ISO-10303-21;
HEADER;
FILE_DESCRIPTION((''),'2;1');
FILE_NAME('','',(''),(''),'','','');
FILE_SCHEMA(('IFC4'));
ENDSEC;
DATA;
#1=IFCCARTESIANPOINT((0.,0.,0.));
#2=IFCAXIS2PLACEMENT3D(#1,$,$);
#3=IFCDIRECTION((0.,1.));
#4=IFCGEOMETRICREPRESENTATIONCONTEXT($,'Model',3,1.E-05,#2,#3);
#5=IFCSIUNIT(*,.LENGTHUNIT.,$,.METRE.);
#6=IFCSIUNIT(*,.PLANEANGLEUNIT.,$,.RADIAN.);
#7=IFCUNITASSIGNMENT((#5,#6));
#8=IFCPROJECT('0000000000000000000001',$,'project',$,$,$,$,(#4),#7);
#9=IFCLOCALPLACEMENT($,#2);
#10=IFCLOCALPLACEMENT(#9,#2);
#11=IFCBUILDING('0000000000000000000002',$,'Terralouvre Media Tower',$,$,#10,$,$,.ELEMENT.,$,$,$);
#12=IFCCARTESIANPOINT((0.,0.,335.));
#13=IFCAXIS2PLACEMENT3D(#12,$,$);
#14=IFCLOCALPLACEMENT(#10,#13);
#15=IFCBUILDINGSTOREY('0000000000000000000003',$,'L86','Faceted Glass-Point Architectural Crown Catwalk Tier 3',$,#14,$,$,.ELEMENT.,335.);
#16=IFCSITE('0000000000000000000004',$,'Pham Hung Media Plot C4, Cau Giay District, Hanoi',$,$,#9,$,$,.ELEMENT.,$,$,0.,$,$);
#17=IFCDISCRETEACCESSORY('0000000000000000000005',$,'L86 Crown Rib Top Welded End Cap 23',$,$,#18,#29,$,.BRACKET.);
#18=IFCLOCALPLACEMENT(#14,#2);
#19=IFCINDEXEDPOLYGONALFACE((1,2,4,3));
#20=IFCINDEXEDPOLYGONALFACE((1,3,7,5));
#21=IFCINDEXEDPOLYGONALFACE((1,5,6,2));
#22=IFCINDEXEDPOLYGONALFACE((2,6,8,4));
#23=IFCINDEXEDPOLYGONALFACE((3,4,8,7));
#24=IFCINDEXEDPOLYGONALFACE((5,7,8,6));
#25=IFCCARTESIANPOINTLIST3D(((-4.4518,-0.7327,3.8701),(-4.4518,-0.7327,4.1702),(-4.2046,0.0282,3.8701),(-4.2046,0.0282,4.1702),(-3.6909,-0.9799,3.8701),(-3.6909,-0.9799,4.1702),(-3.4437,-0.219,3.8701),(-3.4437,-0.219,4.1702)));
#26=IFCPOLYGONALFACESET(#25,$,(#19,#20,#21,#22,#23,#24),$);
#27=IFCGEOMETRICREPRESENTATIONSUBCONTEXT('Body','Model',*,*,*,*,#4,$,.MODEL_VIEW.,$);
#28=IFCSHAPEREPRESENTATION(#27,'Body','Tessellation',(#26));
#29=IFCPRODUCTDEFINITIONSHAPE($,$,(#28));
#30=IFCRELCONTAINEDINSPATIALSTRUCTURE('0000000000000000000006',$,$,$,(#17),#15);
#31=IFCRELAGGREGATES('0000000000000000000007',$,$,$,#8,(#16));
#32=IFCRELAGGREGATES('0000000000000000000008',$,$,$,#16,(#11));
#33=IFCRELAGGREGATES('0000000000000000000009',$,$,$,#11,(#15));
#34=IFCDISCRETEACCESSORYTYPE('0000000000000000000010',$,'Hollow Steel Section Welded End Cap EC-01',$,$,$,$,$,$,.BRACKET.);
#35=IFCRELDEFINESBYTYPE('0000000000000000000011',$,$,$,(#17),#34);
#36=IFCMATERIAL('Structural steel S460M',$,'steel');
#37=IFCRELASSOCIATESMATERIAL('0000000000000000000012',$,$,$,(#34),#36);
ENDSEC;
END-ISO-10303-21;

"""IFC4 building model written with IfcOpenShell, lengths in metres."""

from ifc_helpers import new_model, si_unit, direction, frame, origin, origin_2d, place, context, subcontext, project, spatial, rectangle, extrude, material, type_object, element, save


model = new_model("IFC4")

# Units and contexts
model_context = context("Model", 3, precision=1e-05, world=origin(), true_north=direction((0.0, 1.0)))
body_context = subcontext(model_context, "Body", "Model", "MODEL_VIEW")
ifc_project = project(units=[si_unit("LENGTHUNIT", "METRE"), si_unit("PLANEANGLEUNIT", "RADIAN")], contexts=[model_context])

# Site, building, storey
site_placement = place(None, origin())
site = spatial("IfcSite", under=ifc_project, at=site_placement, Name="Pham Hung Media Plot C4, Cau Giay District, Hanoi", CompositionType="ELEMENT", RefElevation=0.0)
building_placement = place(site_placement, origin())
building = spatial("IfcBuilding", under=site, at=building_placement, Name="Terralouvre Media Tower", CompositionType="ELEMENT")
storey_placement = place(building_placement, frame((0.0, 0.0, 335.0)))
storey = spatial("IfcBuildingStorey", under=building, at=storey_placement, Name="L86", Description="Faceted Glass-Point Architectural Crown Catwalk Tier 3", CompositionType="ELEMENT", Elevation=335.0)

# Discrete accessory
ifc_material_1 = material(Name="Structural steel S460M", Category="steel")
discrete_accessory_type = type_object("IfcDiscreteAccessoryType", Name="Hollow Steel Section Welded End Cap EC-01", PredefinedType="BRACKET", material=ifc_material_1)
discrete_accessory_1_placement = place(storey_placement, frame((-3.9478, -0.4758, 3.8701), z_axis=(0.0, 0.0, 1.0), x_axis=(0.309017, 0.951057, 0.0)))
element("IfcDiscreteAccessory", 1, at=discrete_accessory_1_placement, inside=storey, type_object=discrete_accessory_type, Name="L86 Crown Rib Top Welded End Cap 23", PredefinedType="BRACKET", context=body_context, shape_type="SweptSolid", body=[
    extrude(rectangle(XDim=0.8, YDim=0.8, at=origin_2d()), origin(), (0.0, 0.0, 1.0), 0.3),
])

save(model, "model.ifc")
